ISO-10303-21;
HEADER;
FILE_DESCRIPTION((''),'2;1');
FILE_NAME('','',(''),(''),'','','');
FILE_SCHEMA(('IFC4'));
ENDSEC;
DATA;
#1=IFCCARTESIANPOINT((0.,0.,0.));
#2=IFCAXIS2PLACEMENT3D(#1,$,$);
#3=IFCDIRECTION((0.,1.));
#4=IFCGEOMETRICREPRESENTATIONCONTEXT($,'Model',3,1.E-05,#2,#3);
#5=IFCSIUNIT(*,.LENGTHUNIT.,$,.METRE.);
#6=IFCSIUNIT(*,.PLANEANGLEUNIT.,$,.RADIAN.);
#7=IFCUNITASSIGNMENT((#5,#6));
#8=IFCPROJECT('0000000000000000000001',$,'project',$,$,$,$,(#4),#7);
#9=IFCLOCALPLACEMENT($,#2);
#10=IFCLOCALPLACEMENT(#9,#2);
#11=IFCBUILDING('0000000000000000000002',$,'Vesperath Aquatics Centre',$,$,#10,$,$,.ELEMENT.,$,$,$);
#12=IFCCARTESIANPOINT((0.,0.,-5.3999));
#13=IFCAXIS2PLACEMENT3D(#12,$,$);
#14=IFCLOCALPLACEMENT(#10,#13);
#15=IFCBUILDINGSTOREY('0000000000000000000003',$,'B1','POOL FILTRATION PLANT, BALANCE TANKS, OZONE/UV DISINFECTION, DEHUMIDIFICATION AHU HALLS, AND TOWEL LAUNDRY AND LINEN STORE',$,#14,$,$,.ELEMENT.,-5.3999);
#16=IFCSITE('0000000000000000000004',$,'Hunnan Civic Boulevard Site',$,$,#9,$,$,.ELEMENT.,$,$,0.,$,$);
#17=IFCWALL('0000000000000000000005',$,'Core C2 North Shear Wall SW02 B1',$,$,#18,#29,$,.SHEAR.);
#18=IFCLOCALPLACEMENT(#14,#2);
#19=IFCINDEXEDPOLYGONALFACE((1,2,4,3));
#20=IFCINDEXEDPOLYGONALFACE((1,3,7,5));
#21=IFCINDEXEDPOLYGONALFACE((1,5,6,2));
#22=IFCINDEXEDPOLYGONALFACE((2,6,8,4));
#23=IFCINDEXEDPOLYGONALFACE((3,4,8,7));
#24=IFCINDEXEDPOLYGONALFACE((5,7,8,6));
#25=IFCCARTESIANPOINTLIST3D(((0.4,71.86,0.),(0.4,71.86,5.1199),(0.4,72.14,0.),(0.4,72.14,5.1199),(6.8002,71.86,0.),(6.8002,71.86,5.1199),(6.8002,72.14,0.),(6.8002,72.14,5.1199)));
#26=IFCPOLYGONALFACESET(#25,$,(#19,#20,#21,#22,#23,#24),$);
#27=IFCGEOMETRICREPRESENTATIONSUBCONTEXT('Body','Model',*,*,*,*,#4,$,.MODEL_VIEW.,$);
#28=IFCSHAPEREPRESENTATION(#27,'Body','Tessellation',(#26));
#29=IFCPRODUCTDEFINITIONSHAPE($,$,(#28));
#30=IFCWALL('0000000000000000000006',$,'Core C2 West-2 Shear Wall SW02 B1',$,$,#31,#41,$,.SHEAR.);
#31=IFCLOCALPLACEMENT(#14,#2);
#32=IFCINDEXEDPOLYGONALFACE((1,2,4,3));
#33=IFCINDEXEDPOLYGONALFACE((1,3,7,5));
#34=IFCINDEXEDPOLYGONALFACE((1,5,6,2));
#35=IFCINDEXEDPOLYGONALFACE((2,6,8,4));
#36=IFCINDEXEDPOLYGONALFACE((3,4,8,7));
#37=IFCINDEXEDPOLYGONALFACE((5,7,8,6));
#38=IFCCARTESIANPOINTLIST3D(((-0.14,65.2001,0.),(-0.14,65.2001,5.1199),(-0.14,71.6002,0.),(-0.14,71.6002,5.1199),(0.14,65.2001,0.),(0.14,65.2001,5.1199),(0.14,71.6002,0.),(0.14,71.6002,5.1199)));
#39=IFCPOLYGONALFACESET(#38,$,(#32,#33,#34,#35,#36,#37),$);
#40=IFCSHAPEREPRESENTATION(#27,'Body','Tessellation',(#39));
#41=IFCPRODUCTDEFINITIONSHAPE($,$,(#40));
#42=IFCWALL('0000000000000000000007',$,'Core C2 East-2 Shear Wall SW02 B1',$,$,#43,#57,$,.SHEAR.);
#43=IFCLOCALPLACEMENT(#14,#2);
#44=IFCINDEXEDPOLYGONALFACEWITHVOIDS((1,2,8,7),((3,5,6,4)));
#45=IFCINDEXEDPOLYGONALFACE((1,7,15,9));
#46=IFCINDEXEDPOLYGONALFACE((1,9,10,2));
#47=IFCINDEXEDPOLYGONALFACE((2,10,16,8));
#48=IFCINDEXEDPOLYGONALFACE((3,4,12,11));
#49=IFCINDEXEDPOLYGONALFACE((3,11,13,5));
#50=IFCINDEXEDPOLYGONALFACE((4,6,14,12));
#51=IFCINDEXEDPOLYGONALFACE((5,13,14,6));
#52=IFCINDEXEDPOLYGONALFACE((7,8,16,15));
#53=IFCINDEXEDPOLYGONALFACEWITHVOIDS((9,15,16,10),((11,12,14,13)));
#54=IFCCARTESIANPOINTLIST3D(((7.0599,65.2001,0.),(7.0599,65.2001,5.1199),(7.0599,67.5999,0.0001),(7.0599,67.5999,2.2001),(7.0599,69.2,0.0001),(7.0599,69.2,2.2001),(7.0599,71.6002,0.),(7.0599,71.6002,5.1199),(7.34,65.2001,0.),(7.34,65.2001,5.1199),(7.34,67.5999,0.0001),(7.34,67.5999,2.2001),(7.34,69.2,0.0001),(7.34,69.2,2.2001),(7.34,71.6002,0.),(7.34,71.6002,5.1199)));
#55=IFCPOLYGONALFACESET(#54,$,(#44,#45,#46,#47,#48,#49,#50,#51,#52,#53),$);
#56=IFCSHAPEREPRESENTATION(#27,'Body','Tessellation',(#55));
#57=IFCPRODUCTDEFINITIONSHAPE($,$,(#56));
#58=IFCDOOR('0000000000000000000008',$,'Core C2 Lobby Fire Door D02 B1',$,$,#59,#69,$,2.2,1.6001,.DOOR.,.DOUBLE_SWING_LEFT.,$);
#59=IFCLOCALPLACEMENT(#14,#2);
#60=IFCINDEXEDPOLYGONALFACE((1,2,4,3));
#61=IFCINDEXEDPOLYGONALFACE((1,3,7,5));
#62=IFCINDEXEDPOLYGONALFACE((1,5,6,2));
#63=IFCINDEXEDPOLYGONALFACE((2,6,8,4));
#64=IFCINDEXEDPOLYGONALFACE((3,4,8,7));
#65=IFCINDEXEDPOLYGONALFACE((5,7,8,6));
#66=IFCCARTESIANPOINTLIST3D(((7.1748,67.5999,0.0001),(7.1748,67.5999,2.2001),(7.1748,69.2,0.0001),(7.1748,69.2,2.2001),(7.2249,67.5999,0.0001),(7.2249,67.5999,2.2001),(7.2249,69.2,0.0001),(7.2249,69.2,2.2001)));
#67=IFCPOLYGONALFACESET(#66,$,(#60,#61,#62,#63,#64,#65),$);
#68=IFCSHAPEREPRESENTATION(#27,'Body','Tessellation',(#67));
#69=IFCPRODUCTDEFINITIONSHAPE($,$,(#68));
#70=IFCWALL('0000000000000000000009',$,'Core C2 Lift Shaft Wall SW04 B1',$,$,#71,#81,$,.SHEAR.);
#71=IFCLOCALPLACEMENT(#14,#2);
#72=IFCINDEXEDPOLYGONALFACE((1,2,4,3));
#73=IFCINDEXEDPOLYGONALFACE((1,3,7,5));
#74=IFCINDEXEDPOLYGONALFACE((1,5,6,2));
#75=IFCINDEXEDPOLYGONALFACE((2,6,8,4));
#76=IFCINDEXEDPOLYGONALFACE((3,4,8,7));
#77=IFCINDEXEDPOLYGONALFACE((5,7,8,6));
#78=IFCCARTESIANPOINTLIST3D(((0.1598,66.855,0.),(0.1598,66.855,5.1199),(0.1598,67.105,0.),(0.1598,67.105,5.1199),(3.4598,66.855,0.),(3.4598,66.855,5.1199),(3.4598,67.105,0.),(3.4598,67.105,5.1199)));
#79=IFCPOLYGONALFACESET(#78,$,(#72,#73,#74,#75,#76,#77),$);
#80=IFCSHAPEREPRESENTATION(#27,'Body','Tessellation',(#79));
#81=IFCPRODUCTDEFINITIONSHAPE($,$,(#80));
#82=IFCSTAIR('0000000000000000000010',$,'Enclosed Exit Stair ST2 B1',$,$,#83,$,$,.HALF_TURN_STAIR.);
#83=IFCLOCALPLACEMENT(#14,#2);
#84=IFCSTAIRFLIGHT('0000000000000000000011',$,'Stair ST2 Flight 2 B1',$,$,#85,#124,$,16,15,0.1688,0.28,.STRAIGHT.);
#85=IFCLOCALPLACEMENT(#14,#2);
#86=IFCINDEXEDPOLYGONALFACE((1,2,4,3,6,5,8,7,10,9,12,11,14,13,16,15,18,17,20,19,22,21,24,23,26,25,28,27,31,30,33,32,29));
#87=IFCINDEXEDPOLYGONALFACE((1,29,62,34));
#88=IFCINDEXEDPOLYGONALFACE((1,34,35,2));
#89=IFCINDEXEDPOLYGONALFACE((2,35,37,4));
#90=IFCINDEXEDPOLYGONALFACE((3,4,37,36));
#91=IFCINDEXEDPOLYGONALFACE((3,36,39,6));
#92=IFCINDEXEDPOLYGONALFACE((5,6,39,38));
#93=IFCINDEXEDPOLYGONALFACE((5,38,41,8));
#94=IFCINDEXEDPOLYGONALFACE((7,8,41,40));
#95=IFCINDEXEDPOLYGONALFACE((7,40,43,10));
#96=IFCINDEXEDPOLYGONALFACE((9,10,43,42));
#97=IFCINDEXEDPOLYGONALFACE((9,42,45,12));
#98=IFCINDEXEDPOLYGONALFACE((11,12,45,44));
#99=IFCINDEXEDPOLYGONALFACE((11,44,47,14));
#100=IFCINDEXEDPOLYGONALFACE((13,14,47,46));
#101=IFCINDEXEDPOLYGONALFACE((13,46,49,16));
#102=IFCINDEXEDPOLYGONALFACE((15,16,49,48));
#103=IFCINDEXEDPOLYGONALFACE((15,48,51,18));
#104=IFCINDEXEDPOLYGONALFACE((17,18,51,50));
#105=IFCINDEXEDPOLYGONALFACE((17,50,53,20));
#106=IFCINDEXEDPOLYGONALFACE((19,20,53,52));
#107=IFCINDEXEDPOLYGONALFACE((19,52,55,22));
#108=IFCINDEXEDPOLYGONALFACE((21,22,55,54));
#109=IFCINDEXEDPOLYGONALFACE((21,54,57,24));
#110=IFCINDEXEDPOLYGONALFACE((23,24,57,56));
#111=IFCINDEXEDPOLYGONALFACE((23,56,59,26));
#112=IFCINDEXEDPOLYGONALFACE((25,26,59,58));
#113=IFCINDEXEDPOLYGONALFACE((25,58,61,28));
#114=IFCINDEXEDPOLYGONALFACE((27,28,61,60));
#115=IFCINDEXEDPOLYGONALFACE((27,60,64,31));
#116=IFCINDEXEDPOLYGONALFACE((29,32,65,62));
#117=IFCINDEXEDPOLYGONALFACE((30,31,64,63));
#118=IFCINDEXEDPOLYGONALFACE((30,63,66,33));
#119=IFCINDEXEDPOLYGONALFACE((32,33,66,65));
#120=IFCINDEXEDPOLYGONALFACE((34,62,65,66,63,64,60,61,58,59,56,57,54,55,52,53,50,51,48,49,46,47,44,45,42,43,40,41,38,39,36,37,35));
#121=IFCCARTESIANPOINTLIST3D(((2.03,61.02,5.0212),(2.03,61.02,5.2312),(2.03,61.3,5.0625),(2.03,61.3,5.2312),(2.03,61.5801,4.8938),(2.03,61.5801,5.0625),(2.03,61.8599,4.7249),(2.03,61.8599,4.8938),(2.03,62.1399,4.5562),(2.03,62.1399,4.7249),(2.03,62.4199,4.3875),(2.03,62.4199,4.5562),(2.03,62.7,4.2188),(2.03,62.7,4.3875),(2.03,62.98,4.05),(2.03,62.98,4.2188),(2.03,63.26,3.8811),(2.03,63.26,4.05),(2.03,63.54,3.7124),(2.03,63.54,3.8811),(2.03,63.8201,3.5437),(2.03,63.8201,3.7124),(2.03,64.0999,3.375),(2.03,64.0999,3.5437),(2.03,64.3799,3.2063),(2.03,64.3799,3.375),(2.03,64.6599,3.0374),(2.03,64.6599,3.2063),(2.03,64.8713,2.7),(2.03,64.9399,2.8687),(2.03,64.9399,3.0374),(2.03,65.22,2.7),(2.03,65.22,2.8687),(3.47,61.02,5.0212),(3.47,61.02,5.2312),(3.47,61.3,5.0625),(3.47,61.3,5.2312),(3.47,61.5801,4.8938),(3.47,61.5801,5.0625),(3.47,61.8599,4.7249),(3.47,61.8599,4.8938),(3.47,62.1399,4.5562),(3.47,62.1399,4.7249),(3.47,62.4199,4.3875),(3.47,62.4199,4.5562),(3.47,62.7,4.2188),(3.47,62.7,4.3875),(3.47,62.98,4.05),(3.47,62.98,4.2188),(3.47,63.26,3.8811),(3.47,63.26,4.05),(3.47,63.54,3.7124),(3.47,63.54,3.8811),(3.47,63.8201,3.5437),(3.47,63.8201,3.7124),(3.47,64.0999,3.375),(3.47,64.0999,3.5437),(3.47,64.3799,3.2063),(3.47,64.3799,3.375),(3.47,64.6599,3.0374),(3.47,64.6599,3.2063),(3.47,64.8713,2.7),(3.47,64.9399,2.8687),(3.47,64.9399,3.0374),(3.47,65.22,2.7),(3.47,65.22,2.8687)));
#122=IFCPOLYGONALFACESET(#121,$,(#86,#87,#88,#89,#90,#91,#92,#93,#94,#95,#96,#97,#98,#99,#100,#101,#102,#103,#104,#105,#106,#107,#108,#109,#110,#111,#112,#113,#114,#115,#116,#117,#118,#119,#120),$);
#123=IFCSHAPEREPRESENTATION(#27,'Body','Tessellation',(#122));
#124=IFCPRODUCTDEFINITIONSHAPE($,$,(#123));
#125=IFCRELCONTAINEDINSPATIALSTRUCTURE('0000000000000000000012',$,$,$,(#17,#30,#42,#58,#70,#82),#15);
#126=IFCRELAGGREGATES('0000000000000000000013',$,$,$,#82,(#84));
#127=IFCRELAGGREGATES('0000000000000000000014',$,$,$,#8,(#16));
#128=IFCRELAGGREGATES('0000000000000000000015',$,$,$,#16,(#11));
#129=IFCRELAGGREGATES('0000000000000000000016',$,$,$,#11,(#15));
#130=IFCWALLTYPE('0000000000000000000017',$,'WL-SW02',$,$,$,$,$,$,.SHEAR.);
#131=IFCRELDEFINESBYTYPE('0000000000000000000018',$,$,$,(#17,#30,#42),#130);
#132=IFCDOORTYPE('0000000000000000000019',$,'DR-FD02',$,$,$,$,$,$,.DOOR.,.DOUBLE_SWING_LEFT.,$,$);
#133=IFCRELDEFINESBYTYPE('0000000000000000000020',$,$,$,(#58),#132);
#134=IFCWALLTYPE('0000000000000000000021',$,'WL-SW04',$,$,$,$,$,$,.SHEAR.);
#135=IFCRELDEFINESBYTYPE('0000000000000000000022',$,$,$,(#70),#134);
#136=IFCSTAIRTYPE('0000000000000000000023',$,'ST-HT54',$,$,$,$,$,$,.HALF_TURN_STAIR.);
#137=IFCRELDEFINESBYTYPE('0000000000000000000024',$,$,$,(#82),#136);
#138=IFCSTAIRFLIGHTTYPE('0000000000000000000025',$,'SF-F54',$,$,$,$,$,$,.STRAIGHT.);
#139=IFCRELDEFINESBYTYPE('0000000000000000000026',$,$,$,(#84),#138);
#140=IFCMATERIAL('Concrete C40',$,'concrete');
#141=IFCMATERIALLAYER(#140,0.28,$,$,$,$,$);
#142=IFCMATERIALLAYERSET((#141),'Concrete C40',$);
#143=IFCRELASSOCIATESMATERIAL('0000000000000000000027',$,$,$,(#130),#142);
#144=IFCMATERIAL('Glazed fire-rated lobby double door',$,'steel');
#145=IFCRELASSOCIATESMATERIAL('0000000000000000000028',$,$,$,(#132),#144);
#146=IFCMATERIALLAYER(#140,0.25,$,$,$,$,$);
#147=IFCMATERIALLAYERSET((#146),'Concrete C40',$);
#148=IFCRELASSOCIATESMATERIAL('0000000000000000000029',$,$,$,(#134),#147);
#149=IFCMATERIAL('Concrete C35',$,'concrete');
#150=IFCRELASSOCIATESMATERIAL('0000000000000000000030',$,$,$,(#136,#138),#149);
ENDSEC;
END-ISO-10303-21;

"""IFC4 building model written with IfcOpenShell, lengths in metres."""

from ifc_helpers import new_model, si_unit, direction, frame, frame_2d, origin, place, context, subcontext, project, spatial, polyline, rectangle, outline, extrude, material, layer, layer_set, type_object, element, fill, aggregate, save


model = new_model("IFC4")

# Units and contexts
model_context = context("Model", 3, precision=1e-05, world=origin(), true_north=direction((0.0, 1.0)))
body_context = subcontext(model_context, "Body", "Model", "MODEL_VIEW")
ifc_project = project(units=[si_unit("LENGTHUNIT", "METRE"), si_unit("PLANEANGLEUNIT", "RADIAN")], contexts=[model_context])

# Site, building, storey
site_placement = place(None, origin())
site = spatial("IfcSite", under=ifc_project, at=site_placement, Name="Hunnan Civic Boulevard Site", CompositionType="ELEMENT", RefElevation=0.0)
building_placement = place(site_placement, origin())
building = spatial("IfcBuilding", under=site, at=building_placement, Name="Vesperath Aquatics Centre", CompositionType="ELEMENT")
storey_placement = place(building_placement, frame((0.0, 0.0, -5.3999)))
storey = spatial("IfcBuildingStorey", under=building, at=storey_placement, Name="B1", Description="POOL FILTRATION PLANT, BALANCE TANKS, OZONE/UV DISINFECTION, DEHUMIDIFICATION AHU HALLS, AND TOWEL LAUNDRY AND LINEN STORE", CompositionType="ELEMENT", Elevation=-5.3999)

# Shared definitions
ifc_material_1 = material(Name="Concrete C40", Category="concrete")

# Shared definitions
ifc_material_2 = material(Name="Concrete C35", Category="concrete")

# Walls
ifc_layer_1 = layer(ifc_material_1, 0.28)
ifc_layer_set_1 = layer_set([ifc_layer_1], Name="Concrete C40")
wall_type_1 = type_object("IfcWallType", Name="WL-SW02", PredefinedType="SHEAR", material=ifc_layer_set_1)
for number, where, z_axis, x_axis, name in (
    (1, (0.3999, 72.0, 0.0), (0.0, 0.0, 1.0), (1.0, 0.0, 0.0), "Core C2 North Shear Wall SW02 B1"),
    (2, (0.0, 65.2, 0.0), (0.0, 0.0, 1.0), (0.0, 1.0, 0.0), "Core C2 West-2 Shear Wall SW02 B1"),
):
    element("IfcWall", number, at=place(storey_placement, frame(where, z_axis=z_axis, x_axis=x_axis)), inside=storey, type_object=wall_type_1, Name=name, PredefinedType="SHEAR", context=body_context, shape_type="SweptSolid", body=[
        extrude(rectangle(XDim=6.4001, YDim=0.28, at=frame_2d((3.2002, 0.0))), origin(), (0.0, 0.0, 1.0), 5.1199),
    ])

# Wall, opening, door
wall_1_placement = place(storey_placement, frame((7.2, 65.2, 0.0), z_axis=(0.0, 0.0, 1.0), x_axis=(0.0, 1.0, 0.0)))
wall_1 = element("IfcWall", 3, at=wall_1_placement, inside=storey, type_object=wall_type_1, Name="Core C2 East-2 Shear Wall SW02 B1", PredefinedType="SHEAR", context=body_context, shape_type="SweptSolid", body=[
    extrude(rectangle(XDim=6.4001, YDim=0.28, at=frame_2d((3.2002, 0.0))), origin(), (0.0, 0.0, 1.0), 5.1199),
])
opening_placement = place(wall_1_placement, frame((2.3999, 0.0, 0.0)))
opening = element("IfcOpeningElement", 4, at=opening_placement, cuts=wall_1, PredefinedType="OPENING", context=body_context, shape_type="SweptSolid", body=[
    extrude(rectangle(XDim=1.6001, YDim=2.2, at=frame_2d((0.8, 1.1001))), frame((0.0, 0.1548, 0.0), z_axis=(0.0, -1.0, 0.0), x_axis=(1.0, 0.0, 0.0)), (0.0, 0.0, 1.0), 0.3098),
])
ifc_material_3 = material(Name="Glazed fire-rated lobby double door", Category="steel")
door_type = type_object("IfcDoorType", Name="DR-FD02", OperationType="DOUBLE_SWING_LEFT", PredefinedType="DOOR", material=ifc_material_3)
door_placement = place(opening_placement, frame((1.6001, 0.0, 0.0), z_axis=(0.0, 0.0, 1.0), x_axis=(-1.0, 0.0, 0.0)))
door = element("IfcDoor", 5, at=door_placement, inside=storey, type_object=door_type, Name="Core C2 Lobby Fire Door D02 B1", OperationType="DOUBLE_SWING_LEFT", OverallHeight=2.2, OverallWidth=1.6001, PredefinedType="DOOR", context=body_context, shape_type="SweptSolid", body=[
    extrude(rectangle(XDim=1.6001, YDim=2.2, at=frame_2d((0.8, 1.1001))), frame((0.0, 0.0249, 0.0), z_axis=(0.0, -1.0, 0.0), x_axis=(1.0, 0.0, 0.0)), (0.0, 0.0, 1.0), 0.05),
])
fill(opening, door)

# Wall
ifc_layer_2 = layer(ifc_material_1, 0.25)
ifc_layer_set_2 = layer_set([ifc_layer_2], Name="Concrete C40")
wall_type_2 = type_object("IfcWallType", Name="WL-SW04", PredefinedType="SHEAR", material=ifc_layer_set_2)
wall_2_placement = place(storey_placement, frame((0.1599, 66.98, 0.0), z_axis=(0.0, 0.0, 1.0), x_axis=(1.0, 0.0, 0.0)))
element("IfcWall", 6, at=wall_2_placement, inside=storey, type_object=wall_type_2, Name="Core C2 Lift Shaft Wall SW04 B1", PredefinedType="SHEAR", context=body_context, shape_type="SweptSolid", body=[
    extrude(rectangle(XDim=3.3, YDim=0.25, at=frame_2d((1.6499, 0.0))), origin(), (0.0, 0.0, 1.0), 5.1199),
])

# Stair, stair flight
stair_type = type_object("IfcStairType", Name="ST-HT54", PredefinedType="HALF_TURN_STAIR", material=ifc_material_2)
stair_placement = place(storey_placement, origin())
stair = element("IfcStair", 7, at=stair_placement, inside=storey, type_object=stair_type, Name="Enclosed Exit Stair ST2 B1", PredefinedType="HALF_TURN_STAIR")
stair_flight_type = type_object("IfcStairFlightType", Name="SF-F54", PredefinedType="STRAIGHT", material=ifc_material_2)
stair_flight_placement = place(storey_placement, frame((2.75, 65.22, 2.7), z_axis=(0.0, 0.0, 1.0), x_axis=(0.0, -1.0, 0.0)))
stair_flight = element("IfcStairFlight", 8, at=stair_flight_placement, type_object=stair_flight_type, Name="Stair ST2 Flight 2 B1", NumberOfRisers=16, NumberOfTreads=15, PredefinedType="STRAIGHT", RiserHeight=0.1688, TreadLength=0.28, context=body_context, shape_type="SweptSolid", body=[
    extrude(outline(polyline([(0.0, 0.0), (0.0, 0.1687), (0.28, 0.1687), (0.28, 0.3374), (0.5601, 0.3374), (0.5601, 0.5063), (0.8401, 0.5063), (0.8401, 0.675), (1.1201, 0.675), (1.1201, 0.8438), (1.3999, 0.8438), (1.3999, 1.0125), (1.6799, 1.0125), (1.6799, 1.1812), (1.96, 1.1812), (1.96, 1.3501), (2.24, 1.3501), (2.24, 1.5188), (2.52, 1.5188), (2.52, 1.6875), (2.8, 1.6875), (2.8, 1.8562), (3.0801, 1.8562), (3.0801, 2.0249), (3.3601, 2.0249), (3.3601, 2.1938), (3.6399, 2.1938), (3.6399, 2.3625), (3.9199, 2.3625), (3.9199, 2.5312), (4.2, 2.5312), (4.2, 2.7), (4.2, 2.3213), (0.3486, 0.0), (0.0, 0.0)])), frame((0.0, 0.72, 0.0), z_axis=(0.0, -1.0, 0.0), x_axis=(1.0, 0.0, 0.0)), (0.0, 0.0, 1.0), 1.4399),
])
aggregate(stair, [stair_flight])

save(model, "model.ifc")
